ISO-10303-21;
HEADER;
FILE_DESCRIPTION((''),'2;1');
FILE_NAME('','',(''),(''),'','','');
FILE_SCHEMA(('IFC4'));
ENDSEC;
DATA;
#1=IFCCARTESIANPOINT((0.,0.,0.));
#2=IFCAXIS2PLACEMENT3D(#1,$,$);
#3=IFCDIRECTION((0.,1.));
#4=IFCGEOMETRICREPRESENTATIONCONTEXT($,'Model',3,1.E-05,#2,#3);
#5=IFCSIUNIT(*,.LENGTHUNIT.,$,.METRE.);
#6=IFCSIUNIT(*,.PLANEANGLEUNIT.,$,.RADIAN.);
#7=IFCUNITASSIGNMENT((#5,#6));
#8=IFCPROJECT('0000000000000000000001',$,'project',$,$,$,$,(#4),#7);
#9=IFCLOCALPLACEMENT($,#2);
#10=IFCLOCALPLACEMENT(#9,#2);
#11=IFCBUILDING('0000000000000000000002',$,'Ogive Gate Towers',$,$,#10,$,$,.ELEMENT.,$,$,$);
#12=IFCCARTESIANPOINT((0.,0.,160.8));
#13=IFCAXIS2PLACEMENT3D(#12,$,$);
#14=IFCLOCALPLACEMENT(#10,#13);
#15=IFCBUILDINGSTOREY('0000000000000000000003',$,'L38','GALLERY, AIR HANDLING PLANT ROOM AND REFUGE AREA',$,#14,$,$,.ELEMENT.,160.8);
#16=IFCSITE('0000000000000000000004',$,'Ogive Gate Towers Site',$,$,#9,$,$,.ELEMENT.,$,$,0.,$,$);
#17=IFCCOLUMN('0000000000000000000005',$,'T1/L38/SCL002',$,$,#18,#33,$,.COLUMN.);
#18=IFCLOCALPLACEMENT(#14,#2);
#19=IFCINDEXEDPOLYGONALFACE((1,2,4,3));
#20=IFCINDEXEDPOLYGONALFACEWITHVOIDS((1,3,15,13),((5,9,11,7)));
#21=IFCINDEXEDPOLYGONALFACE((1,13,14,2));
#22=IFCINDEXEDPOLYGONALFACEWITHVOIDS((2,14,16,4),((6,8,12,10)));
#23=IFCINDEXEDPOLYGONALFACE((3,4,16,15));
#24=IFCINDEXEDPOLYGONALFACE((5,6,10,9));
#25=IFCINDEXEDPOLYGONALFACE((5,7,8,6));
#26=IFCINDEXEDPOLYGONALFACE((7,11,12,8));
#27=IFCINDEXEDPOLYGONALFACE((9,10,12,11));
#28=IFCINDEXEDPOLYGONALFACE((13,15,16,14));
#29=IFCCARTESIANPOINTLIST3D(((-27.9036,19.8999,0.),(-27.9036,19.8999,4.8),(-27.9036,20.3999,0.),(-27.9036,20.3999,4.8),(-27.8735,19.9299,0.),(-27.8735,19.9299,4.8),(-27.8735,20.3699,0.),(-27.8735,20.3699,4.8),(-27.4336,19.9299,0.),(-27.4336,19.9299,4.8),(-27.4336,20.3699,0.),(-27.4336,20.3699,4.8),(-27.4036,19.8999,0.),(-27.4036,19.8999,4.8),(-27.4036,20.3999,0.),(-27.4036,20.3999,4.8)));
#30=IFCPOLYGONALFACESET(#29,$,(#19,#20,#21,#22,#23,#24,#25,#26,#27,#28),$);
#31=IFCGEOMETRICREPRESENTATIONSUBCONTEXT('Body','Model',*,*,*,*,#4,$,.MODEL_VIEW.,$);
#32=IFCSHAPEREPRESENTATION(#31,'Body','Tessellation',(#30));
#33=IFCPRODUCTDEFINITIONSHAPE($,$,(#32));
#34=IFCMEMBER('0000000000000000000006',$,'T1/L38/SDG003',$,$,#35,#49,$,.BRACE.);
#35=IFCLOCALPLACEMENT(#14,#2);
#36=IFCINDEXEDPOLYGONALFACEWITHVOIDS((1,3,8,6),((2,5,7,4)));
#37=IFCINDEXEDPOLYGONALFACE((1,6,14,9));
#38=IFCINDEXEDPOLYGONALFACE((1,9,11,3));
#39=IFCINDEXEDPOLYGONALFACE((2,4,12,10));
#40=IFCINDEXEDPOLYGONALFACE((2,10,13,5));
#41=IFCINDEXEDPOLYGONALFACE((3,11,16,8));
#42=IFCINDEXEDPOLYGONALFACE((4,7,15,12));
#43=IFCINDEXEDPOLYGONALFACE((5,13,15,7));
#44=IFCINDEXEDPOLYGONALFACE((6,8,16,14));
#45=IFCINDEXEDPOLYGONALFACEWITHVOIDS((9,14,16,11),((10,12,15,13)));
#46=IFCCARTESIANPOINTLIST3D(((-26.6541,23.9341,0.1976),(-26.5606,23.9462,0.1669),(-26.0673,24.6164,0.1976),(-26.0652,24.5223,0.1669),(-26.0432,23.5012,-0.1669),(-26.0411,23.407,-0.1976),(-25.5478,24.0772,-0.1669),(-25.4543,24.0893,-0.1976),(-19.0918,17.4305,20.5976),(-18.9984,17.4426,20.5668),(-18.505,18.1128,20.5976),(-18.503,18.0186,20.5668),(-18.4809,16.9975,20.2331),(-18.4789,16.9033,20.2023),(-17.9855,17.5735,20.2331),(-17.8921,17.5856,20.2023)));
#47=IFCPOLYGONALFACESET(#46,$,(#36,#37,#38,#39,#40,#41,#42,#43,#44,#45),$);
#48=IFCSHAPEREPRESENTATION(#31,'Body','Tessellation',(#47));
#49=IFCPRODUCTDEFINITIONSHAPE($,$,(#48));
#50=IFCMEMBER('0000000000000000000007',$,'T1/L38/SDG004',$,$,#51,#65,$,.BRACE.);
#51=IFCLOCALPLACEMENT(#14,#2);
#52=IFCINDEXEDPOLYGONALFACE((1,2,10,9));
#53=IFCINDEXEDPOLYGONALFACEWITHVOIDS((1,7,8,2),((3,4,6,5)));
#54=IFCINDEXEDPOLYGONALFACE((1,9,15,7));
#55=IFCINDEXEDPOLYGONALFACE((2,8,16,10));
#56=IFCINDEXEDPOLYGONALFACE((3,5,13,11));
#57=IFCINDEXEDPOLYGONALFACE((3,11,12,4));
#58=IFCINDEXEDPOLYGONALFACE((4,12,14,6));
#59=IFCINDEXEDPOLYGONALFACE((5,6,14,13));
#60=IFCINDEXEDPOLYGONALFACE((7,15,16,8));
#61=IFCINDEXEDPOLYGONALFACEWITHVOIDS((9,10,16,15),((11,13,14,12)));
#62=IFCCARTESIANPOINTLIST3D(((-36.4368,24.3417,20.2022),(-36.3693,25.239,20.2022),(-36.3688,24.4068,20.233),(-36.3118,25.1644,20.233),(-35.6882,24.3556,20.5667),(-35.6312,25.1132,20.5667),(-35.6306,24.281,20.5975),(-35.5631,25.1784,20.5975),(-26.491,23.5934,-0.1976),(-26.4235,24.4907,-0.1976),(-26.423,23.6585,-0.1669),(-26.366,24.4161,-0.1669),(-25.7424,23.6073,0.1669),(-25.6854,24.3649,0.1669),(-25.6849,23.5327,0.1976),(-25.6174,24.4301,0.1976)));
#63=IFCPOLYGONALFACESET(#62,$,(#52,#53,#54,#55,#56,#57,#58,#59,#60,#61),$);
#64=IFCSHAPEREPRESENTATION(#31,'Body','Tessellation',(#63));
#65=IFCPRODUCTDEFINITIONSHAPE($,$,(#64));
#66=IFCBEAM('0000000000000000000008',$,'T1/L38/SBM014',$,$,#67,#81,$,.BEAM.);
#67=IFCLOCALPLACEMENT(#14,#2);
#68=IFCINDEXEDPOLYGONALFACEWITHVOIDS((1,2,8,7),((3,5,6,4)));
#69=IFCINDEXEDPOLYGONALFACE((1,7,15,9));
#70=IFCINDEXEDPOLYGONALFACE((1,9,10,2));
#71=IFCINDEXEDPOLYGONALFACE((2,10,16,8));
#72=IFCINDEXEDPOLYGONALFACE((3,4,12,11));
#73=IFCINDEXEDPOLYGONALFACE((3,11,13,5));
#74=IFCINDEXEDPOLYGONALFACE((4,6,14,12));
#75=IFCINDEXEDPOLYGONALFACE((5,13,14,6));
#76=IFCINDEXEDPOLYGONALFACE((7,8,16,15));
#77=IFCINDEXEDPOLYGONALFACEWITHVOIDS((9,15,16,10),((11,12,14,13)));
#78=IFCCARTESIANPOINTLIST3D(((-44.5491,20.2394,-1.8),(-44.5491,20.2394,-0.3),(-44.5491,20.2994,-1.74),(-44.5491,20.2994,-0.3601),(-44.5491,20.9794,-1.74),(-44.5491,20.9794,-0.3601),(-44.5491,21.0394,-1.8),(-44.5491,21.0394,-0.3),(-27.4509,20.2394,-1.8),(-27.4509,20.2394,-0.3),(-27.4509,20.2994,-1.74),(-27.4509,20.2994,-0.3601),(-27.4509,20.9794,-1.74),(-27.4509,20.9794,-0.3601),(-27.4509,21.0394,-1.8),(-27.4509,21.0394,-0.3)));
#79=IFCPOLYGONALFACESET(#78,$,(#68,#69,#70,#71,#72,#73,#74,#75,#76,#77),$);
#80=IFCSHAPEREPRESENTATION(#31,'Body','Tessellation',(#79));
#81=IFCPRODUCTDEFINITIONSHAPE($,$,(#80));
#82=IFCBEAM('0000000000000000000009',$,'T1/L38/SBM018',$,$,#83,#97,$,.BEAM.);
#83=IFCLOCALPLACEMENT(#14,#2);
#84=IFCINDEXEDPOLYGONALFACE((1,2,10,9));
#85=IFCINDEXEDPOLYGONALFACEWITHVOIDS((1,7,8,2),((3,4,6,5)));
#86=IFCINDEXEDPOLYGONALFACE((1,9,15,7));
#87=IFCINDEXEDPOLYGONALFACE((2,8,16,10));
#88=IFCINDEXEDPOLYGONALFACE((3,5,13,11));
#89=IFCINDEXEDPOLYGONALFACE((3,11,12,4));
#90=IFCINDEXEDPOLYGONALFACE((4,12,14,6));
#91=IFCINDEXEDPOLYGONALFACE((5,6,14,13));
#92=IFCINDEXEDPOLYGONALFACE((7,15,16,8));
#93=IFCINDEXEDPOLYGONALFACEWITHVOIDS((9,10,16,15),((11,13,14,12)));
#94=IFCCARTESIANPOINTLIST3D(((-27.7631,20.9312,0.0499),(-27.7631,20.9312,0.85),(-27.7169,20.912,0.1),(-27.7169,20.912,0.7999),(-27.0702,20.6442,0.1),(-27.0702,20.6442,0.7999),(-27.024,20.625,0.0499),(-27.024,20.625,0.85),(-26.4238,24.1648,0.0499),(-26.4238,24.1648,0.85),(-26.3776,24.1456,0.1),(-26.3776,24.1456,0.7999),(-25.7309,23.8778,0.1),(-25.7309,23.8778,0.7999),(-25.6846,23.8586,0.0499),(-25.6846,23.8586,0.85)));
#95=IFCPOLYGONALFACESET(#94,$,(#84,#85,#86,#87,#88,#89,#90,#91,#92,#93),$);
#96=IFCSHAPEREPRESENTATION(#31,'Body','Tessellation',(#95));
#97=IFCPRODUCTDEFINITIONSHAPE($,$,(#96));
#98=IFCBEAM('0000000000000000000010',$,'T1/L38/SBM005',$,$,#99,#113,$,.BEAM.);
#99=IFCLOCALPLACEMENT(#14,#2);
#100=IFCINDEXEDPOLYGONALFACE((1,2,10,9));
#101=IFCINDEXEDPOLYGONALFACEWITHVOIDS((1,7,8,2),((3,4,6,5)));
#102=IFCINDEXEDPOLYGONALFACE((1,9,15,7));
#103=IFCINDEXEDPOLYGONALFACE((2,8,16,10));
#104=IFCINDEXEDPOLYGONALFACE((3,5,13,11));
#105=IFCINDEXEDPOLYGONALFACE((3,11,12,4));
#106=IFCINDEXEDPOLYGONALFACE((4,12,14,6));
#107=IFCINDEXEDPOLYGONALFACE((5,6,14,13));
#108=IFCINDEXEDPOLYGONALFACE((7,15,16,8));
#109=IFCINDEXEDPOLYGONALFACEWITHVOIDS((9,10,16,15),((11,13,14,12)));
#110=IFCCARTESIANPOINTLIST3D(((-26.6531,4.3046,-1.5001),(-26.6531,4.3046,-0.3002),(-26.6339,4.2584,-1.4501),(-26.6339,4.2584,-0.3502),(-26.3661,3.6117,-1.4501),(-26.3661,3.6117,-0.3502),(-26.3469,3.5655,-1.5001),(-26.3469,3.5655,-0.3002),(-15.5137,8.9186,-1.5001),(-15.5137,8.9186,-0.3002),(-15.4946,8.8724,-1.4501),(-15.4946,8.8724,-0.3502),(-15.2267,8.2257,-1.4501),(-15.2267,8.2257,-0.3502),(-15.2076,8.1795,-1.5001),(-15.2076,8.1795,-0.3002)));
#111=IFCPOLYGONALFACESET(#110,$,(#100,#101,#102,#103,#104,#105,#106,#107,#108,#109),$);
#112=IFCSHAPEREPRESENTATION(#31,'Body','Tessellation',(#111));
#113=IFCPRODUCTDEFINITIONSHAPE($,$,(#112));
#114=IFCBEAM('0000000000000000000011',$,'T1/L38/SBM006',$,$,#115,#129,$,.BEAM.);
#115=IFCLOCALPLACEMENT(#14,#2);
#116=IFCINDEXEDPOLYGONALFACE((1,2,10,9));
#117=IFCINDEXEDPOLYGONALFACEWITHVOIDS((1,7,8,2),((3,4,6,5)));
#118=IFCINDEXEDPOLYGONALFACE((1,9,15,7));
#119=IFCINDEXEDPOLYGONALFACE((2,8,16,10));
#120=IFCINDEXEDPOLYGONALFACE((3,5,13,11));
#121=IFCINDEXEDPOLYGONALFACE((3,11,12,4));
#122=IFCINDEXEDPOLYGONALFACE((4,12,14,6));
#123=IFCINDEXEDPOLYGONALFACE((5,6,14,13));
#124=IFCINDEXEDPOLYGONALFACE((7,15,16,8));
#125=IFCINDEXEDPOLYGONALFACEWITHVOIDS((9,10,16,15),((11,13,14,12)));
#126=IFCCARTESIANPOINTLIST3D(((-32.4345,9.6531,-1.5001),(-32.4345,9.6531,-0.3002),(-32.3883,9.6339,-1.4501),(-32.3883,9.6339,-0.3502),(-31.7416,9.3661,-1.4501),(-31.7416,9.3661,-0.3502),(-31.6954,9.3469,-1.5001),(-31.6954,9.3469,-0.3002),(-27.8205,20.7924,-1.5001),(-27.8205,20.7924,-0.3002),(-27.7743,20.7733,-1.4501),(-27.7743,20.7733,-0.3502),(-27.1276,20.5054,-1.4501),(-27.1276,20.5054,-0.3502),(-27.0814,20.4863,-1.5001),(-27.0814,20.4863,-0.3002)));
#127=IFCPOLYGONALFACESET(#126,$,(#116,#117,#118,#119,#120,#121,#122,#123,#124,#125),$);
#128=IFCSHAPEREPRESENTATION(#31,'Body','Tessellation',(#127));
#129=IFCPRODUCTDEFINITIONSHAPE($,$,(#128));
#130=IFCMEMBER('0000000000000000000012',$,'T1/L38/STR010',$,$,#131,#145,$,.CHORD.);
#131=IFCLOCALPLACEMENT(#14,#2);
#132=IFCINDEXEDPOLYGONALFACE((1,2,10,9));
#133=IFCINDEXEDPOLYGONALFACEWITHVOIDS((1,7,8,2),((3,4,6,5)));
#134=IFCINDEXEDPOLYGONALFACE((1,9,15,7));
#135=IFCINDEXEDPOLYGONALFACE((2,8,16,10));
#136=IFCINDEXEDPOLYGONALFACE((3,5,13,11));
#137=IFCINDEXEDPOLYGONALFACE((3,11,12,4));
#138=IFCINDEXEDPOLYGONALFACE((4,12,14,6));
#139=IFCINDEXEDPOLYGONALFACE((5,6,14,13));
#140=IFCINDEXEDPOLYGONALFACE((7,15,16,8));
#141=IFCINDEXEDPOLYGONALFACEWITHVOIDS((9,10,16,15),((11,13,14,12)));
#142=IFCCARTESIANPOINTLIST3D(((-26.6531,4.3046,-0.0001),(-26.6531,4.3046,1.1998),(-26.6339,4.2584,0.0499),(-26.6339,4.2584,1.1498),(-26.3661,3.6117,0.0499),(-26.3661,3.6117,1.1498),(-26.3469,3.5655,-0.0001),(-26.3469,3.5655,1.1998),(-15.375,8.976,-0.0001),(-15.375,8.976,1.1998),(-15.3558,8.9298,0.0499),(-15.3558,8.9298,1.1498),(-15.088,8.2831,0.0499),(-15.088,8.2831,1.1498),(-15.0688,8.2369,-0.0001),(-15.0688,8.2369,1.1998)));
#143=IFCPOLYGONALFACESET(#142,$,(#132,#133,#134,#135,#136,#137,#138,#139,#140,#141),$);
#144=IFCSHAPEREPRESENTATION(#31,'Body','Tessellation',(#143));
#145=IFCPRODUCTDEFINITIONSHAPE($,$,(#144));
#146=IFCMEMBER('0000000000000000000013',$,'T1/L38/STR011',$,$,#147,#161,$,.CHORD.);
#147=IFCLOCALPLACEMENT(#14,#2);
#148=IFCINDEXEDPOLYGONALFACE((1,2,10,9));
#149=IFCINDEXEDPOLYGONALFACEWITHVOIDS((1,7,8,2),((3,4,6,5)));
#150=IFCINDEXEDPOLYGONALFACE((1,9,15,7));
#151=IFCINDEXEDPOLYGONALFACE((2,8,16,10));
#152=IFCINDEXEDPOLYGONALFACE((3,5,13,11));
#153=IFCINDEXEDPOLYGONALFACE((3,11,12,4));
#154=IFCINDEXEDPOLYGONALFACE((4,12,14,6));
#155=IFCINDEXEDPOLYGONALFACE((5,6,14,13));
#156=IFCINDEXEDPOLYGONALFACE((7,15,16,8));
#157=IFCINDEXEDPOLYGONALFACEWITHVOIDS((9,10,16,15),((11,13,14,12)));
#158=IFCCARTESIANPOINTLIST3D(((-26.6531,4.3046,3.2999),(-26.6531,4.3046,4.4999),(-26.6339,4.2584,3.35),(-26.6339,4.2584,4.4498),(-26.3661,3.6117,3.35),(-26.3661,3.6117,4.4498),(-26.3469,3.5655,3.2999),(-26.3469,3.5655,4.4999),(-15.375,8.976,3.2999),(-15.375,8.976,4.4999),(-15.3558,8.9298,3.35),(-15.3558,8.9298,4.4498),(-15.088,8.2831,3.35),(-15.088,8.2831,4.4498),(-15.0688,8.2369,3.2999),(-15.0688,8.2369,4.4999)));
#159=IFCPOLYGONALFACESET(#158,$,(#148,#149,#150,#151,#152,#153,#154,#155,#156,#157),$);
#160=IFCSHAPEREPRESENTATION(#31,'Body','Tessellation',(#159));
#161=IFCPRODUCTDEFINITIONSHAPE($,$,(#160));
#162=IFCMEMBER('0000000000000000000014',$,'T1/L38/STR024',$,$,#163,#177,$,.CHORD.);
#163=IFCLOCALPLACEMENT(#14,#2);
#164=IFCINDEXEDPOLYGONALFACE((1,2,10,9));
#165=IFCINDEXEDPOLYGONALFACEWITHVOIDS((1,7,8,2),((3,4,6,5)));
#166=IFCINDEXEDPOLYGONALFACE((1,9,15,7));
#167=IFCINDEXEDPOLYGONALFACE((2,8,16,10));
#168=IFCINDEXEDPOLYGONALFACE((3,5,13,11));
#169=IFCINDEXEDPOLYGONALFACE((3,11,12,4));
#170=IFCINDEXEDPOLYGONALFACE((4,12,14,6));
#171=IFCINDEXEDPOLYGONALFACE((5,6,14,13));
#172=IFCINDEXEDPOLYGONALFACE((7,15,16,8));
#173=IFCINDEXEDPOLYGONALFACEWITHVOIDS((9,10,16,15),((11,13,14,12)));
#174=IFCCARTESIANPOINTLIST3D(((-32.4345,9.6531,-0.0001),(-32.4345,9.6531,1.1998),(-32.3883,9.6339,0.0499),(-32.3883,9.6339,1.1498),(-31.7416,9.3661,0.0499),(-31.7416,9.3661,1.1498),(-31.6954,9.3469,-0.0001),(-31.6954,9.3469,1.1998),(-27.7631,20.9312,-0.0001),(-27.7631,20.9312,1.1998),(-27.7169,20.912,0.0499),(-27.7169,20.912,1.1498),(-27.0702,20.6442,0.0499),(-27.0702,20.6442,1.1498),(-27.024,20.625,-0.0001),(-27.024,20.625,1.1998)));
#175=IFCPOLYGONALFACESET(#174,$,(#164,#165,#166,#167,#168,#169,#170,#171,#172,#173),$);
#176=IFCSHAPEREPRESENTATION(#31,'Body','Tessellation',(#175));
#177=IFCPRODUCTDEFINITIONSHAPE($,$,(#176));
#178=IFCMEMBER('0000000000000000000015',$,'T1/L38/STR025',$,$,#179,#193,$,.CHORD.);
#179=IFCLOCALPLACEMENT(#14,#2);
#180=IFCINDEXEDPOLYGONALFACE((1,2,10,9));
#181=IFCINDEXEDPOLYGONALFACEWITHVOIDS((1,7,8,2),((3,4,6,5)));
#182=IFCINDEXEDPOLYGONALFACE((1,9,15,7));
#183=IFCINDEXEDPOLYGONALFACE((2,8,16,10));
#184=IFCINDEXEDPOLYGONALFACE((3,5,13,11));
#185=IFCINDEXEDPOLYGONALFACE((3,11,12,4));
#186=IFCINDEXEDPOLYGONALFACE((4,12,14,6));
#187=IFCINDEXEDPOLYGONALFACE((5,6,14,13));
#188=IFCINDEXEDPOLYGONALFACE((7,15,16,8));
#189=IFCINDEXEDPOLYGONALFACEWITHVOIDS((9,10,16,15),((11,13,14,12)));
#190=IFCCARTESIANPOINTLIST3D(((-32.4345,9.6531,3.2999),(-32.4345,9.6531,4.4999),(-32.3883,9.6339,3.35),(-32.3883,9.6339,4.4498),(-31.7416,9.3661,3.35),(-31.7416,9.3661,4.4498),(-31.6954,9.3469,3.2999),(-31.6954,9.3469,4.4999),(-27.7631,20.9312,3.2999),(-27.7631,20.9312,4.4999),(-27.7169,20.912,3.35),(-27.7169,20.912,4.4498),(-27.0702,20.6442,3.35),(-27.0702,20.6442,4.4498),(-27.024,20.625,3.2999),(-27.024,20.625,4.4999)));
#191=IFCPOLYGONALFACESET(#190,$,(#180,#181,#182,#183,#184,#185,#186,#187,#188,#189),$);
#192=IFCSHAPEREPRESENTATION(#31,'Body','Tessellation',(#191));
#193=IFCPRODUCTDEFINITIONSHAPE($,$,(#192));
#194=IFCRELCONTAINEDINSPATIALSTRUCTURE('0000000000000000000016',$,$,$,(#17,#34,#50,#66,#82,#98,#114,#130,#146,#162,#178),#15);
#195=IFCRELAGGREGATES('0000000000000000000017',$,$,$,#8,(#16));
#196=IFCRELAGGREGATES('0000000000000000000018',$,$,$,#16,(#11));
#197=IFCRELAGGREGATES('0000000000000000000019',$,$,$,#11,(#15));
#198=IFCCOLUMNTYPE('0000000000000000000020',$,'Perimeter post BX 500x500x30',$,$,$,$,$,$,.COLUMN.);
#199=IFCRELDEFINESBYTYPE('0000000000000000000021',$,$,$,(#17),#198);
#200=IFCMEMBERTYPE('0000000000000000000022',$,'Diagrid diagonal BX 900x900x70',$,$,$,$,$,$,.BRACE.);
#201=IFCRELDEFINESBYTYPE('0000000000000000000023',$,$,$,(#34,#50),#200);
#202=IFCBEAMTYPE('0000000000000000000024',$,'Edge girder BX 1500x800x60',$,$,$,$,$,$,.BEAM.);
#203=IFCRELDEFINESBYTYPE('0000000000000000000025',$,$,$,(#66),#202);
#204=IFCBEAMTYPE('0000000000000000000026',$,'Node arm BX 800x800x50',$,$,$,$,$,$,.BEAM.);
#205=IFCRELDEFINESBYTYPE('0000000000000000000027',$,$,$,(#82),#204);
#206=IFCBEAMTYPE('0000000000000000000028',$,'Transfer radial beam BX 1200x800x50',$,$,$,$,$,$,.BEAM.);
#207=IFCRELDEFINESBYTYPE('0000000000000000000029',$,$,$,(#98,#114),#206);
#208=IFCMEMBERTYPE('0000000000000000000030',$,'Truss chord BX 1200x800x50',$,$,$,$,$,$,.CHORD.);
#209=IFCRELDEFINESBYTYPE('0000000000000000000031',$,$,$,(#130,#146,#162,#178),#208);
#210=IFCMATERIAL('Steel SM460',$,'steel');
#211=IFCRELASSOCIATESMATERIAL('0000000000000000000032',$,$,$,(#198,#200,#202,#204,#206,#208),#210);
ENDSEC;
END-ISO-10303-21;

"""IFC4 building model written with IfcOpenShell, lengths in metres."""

from ifc_helpers import new_model, si_unit, direction, frame, origin, origin_2d, place, context, subcontext, project, spatial, hollow_rectangle, extrude, material, material_profile, profile_set, type_object, element, save


model = new_model("IFC4")

# Units and contexts
model_context = context("Model", 3, precision=1e-05, world=origin(), true_north=direction((0.0, 1.0)))
body_context = subcontext(model_context, "Body", "Model", "MODEL_VIEW")
ifc_project = project(units=[si_unit("LENGTHUNIT", "METRE"), si_unit("PLANEANGLEUNIT", "RADIAN")], contexts=[model_context])

# Site, building, storey
site_placement = place(None, origin())
site = spatial("IfcSite", under=ifc_project, at=site_placement, Name="Ogive Gate Towers Site", CompositionType="ELEMENT", RefElevation=0.0)
building_placement = place(site_placement, origin())
building = spatial("IfcBuilding", under=site, at=building_placement, Name="Ogive Gate Towers", CompositionType="ELEMENT")
storey_placement = place(building_placement, frame((0.0, 0.0, 160.8)))
storey = spatial("IfcBuildingStorey", under=building, at=storey_placement, Name="L38", Description="GALLERY, AIR HANDLING PLANT ROOM AND REFUGE AREA", CompositionType="ELEMENT", Elevation=160.8)

# Column
ifc_material_1 = material(Name="Steel SM460", Category="steel")
ifc_material_profile_1 = material_profile(ifc_material_1, hollow_rectangle(XDim=0.5, YDim=0.5, WallThickness=0.03, at=origin_2d()), Name="BX 500x500x30")
ifc_profile_set_1 = profile_set([ifc_material_profile_1], Name="Steel SM460")
column_type = type_object("IfcColumnType", Name="Perimeter post BX 500x500x30", PredefinedType="COLUMN", material=ifc_profile_set_1)
column_placement = place(storey_placement, frame((-27.6536, 20.1499, 0.0), z_axis=(0.0, 0.0, 1.0), x_axis=(1.0, 0.0, 0.0)))
element("IfcColumn", 1, at=column_placement, inside=storey, type_object=column_type, Name="T1/L38/SCL002", PredefinedType="COLUMN", context=body_context, shape_type="SweptSolid", body=[
    extrude(hollow_rectangle(XDim=0.5, YDim=0.5, WallThickness=0.03, at=origin_2d()), origin(), (0.0, 0.0, 1.0), 4.8),
])

# Members
ifc_material_profile_2 = material_profile(ifc_material_1, hollow_rectangle(XDim=0.8999, YDim=0.8999, WallThickness=0.0701, at=origin_2d()), Name="BX 900x900x70")
ifc_profile_set_2 = profile_set([ifc_material_profile_2], Name="Steel SM460")
member_type_1 = type_object("IfcMemberType", Name="Diagrid diagonal BX 900x900x70", PredefinedType="BRACE", material=ifc_profile_set_2)
member_1_placement = place(storey_placement, frame((-26.0542, 24.0117, 0.0), z_axis=(0.333026, -0.286407, 0.898368), x_axis=(0.652046, 0.758179, 0.0)))
element("IfcMember", 2, at=member_1_placement, inside=storey, type_object=member_type_1, Name="T1/L38/SDG003", PredefinedType="BRACE", context=body_context, shape_type="SweptSolid", body=[
    extrude(hollow_rectangle(XDim=0.8999, YDim=0.8999, WallThickness=0.0701, at=origin_2d()), origin(), (0.0, 0.0, 1.0), 22.7078),
])
member_2_placement = place(storey_placement, frame((-26.0542, 24.0117, 0.0), z_axis=(-0.437994, 0.032953, 0.898374), x_axis=(-0.075025, -0.997182, 0.0)))
element("IfcMember", 3, at=member_2_placement, inside=storey, type_object=member_type_1, Name="T1/L38/SDG004", PredefinedType="BRACE", context=body_context, shape_type="SweptSolid", body=[
    extrude(hollow_rectangle(XDim=0.8999, YDim=0.8999, WallThickness=0.0701, at=origin_2d()), origin(), (0.0, 0.0, 1.0), 22.7075),
])

# Beams
ifc_material_profile_3 = material_profile(ifc_material_1, hollow_rectangle(XDim=0.8, YDim=1.5, WallThickness=0.0601, at=origin_2d()), Name="BX 1500x800x60")
ifc_profile_set_3 = profile_set([ifc_material_profile_3], Name="Steel SM460")
beam_type_1 = type_object("IfcBeamType", Name="Edge girder BX 1500x800x60", PredefinedType="BEAM", material=ifc_profile_set_3)
beam_1_placement = place(storey_placement, frame((-27.4509, 20.6394, -1.05), z_axis=(-1.0, 0.0, 0.0), x_axis=(0.0, -1.0, 0.0)))
element("IfcBeam", 4, at=beam_1_placement, inside=storey, type_object=beam_type_1, Name="T1/L38/SBM014", PredefinedType="BEAM", context=body_context, shape_type="SweptSolid", body=[
    extrude(hollow_rectangle(XDim=0.8, YDim=1.5, WallThickness=0.0601, at=origin_2d()), origin(), (0.0, 0.0, 1.0), 17.0981),
])
ifc_material_profile_4 = material_profile(ifc_material_1, hollow_rectangle(XDim=0.8, YDim=0.8, WallThickness=0.05, at=origin_2d()), Name="BX 800x800x50")
ifc_profile_set_4 = profile_set([ifc_material_profile_4], Name="Steel SM460")
beam_type_2 = type_object("IfcBeamType", Name="Node arm BX 800x800x50", PredefinedType="BEAM", material=ifc_profile_set_4)
beam_2_placement = place(storey_placement, frame((-27.3936, 20.7781, 0.45), z_axis=(0.382668, 0.923886, 0.0), x_axis=(-0.923886, 0.382668, 0.0)))
element("IfcBeam", 5, at=beam_2_placement, inside=storey, type_object=beam_type_2, Name="T1/L38/SBM018", PredefinedType="BEAM", context=body_context, shape_type="SweptSolid", body=[
    extrude(hollow_rectangle(XDim=0.8, YDim=0.8, WallThickness=0.05, at=origin_2d()), origin(), (0.0, 0.0, 1.0), 3.5),
])
ifc_material_profile_5 = material_profile(ifc_material_1, hollow_rectangle(XDim=0.8, YDim=1.2, WallThickness=0.05, at=origin_2d()), Name="BX 1200x800x50")
ifc_profile_set_5 = profile_set([ifc_material_profile_5], Name="Steel SM460")
beam_type_3 = type_object("IfcBeamType", Name="Transfer radial beam BX 1200x800x50", PredefinedType="BEAM", material=ifc_profile_set_5)
for number, where, z_axis, x_axis, name in (
    (6, (-26.5, 3.9351, -0.9001), (0.923882, 0.382678, 0.0), (-0.382678, 0.923882, 0.0), "T1/L38/SBM005"),
    (7, (-32.0649, 9.5, -0.9001), (0.382678, 0.923882, 0.0), (-0.923882, 0.382678, 0.0), "T1/L38/SBM006"),
):
    element("IfcBeam", number, at=place(storey_placement, frame(where, z_axis=z_axis, x_axis=x_axis)), inside=storey, type_object=beam_type_3, Name=name, PredefinedType="BEAM", context=body_context, shape_type="SweptSolid", body=[
        extrude(hollow_rectangle(XDim=0.8, YDim=1.2, WallThickness=0.05, at=origin_2d()), origin(), (0.0, 0.0, 1.0), 12.0571),
    ])

# Members
ifc_material_profile_6 = material_profile(ifc_material_1, hollow_rectangle(XDim=0.8, YDim=1.2, WallThickness=0.05, at=origin_2d()), Name="BX 1200x800x50")
ifc_profile_set_6 = profile_set([ifc_material_profile_6], Name="Steel SM460")
member_type_2 = type_object("IfcMemberType", Name="Truss chord BX 1200x800x50", PredefinedType="CHORD", material=ifc_profile_set_6)
for number, where, z_axis, x_axis, name in (
    (8, (-26.5, 3.9351, 0.5999), (0.923884, 0.382673, 0.0), (-0.382673, 0.923884, 0.0), "T1/L38/STR010"),
    (9, (-26.5, 3.9351, 3.8999), (0.923884, 0.382673, 0.0), (-0.382673, 0.923884, 0.0), "T1/L38/STR011"),
    (10, (-32.0649, 9.5, 0.5999), (0.382673, 0.923884, 0.0), (-0.923884, 0.382673, 0.0), "T1/L38/STR024"),
    (11, (-32.0649, 9.5, 3.8999), (0.382673, 0.923884, 0.0), (-0.923884, 0.382673, 0.0), "T1/L38/STR025"),
):
    element("IfcMember", number, at=place(storey_placement, frame(where, z_axis=z_axis, x_axis=x_axis)), inside=storey, type_object=member_type_2, Name=name, PredefinedType="CHORD", context=body_context, shape_type="SweptSolid", body=[
        extrude(hollow_rectangle(XDim=0.8, YDim=1.2, WallThickness=0.05, at=origin_2d()), origin(), (0.0, 0.0, 1.0), 12.2073),
    ])

save(model, "model.ifc")
